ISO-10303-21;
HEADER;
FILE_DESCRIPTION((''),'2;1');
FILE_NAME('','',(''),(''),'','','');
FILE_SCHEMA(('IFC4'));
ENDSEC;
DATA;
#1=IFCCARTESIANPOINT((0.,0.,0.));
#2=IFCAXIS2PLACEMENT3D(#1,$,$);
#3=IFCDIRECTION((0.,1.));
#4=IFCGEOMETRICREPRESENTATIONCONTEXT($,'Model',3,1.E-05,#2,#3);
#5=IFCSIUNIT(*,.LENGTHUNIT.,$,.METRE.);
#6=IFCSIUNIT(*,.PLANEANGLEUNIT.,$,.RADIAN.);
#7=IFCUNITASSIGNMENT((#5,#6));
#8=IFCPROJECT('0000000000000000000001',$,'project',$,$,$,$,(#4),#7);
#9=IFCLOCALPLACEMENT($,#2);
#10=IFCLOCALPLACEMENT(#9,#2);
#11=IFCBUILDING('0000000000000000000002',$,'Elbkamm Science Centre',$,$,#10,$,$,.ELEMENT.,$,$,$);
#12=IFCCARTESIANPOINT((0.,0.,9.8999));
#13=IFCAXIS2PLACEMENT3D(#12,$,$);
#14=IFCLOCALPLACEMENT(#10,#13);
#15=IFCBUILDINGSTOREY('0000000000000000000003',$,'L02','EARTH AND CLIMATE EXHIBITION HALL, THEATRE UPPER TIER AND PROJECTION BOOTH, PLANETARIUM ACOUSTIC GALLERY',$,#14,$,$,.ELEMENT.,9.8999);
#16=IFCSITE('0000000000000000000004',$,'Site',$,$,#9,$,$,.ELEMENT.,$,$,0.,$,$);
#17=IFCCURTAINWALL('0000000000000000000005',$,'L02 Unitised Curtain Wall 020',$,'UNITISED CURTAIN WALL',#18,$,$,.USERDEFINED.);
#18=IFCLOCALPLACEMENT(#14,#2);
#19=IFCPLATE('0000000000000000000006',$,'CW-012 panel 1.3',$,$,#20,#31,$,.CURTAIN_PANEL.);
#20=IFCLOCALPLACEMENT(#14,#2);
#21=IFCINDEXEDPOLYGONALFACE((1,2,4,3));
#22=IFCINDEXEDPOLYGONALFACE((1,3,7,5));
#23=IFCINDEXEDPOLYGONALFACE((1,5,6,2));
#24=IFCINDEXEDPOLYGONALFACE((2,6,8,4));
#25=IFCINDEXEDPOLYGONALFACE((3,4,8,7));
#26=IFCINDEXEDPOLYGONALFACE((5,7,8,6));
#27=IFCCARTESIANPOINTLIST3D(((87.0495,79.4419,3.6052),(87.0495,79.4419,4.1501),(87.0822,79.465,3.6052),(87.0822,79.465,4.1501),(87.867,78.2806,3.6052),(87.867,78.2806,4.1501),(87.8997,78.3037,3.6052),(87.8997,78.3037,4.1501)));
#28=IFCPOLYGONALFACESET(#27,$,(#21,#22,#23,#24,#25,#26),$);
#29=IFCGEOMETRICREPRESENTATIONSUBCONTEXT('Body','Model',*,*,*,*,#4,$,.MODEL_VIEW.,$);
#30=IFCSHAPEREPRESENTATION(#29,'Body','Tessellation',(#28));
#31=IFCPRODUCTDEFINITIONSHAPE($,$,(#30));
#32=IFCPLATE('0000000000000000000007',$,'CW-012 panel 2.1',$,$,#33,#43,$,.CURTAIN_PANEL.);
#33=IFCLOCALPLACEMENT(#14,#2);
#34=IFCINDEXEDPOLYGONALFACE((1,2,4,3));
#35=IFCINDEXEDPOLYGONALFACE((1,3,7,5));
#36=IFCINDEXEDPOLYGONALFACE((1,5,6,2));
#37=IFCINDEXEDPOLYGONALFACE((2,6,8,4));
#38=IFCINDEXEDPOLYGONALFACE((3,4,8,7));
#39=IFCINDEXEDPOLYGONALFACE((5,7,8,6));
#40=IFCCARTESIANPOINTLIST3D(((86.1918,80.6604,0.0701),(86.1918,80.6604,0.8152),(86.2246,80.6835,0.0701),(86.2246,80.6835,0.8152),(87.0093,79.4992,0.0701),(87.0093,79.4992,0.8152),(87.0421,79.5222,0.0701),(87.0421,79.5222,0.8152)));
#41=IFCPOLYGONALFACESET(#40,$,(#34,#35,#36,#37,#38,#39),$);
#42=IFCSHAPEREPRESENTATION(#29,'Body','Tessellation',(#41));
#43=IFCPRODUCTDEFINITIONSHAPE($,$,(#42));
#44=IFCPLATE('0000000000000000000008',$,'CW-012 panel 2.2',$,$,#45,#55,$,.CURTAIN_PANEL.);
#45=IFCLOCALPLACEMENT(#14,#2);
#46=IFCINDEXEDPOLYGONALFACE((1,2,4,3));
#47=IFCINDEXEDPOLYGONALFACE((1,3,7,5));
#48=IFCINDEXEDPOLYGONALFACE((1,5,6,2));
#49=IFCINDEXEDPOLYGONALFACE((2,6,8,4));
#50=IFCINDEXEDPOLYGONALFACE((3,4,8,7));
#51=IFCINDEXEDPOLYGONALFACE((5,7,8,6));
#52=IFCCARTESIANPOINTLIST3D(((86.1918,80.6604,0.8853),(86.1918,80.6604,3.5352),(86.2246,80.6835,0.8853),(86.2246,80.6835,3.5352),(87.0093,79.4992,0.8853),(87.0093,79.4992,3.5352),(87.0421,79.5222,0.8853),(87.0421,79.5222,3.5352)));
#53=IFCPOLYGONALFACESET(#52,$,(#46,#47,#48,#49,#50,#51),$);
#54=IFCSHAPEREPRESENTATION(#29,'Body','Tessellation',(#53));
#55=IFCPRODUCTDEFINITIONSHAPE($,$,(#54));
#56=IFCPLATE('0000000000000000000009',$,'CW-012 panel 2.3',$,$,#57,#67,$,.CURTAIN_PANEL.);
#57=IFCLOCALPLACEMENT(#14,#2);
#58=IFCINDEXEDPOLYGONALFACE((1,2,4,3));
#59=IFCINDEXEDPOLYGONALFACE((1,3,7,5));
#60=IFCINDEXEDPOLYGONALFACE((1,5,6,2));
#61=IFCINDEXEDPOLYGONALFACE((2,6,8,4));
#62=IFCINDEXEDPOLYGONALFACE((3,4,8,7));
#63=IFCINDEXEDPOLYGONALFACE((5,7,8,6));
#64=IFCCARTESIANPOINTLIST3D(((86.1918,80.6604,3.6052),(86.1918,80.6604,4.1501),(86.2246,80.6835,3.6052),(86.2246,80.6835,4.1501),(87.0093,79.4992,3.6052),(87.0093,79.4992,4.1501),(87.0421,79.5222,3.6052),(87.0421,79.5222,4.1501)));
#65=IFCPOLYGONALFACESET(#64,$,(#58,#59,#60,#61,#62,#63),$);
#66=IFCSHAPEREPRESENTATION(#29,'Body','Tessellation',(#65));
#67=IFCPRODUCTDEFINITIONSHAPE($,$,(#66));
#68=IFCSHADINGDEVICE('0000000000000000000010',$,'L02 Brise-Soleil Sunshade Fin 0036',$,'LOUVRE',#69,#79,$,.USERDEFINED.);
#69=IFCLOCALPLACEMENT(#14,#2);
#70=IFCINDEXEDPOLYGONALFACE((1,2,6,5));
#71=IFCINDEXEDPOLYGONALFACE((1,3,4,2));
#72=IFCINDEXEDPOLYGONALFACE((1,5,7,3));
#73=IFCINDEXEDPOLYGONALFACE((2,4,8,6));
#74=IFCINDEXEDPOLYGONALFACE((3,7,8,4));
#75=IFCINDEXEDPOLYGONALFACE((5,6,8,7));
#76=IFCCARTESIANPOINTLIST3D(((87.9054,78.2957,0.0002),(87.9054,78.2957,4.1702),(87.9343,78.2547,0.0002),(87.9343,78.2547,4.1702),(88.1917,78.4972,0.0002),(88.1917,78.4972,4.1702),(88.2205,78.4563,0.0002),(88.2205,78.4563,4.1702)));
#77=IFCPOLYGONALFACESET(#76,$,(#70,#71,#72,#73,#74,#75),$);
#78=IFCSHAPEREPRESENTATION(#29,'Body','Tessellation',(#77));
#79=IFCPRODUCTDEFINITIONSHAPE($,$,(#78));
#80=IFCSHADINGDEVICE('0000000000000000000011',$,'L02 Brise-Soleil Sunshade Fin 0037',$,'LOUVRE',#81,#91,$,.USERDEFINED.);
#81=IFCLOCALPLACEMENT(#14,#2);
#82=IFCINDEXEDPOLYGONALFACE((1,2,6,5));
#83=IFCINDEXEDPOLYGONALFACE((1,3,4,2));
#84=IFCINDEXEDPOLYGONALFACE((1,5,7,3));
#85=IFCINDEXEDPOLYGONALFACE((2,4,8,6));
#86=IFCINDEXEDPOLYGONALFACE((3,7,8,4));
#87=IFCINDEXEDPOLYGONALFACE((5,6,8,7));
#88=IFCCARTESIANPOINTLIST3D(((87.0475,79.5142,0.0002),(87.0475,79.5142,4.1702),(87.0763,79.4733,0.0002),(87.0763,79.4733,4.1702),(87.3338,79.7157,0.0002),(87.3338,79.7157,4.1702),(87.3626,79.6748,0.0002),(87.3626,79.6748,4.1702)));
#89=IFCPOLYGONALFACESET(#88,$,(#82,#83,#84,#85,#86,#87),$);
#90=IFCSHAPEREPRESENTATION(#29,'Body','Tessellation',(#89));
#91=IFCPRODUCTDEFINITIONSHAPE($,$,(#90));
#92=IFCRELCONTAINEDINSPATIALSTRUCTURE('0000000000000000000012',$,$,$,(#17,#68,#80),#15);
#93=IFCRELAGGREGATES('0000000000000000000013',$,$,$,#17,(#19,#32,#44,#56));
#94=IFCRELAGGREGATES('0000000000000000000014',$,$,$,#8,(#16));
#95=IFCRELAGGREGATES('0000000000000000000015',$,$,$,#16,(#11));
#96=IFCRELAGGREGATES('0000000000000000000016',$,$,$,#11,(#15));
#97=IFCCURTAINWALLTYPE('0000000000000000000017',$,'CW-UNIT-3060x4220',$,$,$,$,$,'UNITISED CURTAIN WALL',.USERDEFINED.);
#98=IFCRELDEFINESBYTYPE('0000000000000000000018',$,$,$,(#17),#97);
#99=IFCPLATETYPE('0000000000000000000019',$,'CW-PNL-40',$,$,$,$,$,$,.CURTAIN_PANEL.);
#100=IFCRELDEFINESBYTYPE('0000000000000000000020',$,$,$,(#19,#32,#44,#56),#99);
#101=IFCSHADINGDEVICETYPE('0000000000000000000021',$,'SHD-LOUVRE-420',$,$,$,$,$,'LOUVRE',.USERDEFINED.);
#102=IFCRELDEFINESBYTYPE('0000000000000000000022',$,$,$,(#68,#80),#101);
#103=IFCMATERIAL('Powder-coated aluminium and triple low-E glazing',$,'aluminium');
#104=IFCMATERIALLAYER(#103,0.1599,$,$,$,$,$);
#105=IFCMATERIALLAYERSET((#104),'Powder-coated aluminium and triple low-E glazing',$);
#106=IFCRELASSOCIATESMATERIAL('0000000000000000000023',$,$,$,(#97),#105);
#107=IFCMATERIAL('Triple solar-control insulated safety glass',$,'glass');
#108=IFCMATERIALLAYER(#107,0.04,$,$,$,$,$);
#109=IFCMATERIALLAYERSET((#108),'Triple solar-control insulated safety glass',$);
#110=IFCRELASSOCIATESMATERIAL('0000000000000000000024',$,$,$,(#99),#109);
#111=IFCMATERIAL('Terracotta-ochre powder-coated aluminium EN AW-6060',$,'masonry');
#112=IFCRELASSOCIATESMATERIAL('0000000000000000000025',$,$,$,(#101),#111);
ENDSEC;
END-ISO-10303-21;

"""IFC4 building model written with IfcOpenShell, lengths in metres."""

from ifc_helpers import new_model, si_unit, direction, frame, origin, origin_2d, place, context, subcontext, project, spatial, rectangle, extrude, material, layer, layer_set, type_object, element, aggregate, save


model = new_model("IFC4")

# Units and contexts
model_context = context("Model", 3, precision=1e-05, world=origin(), true_north=direction((0.0, 1.0)))
body_context = subcontext(model_context, "Body", "Model", "MODEL_VIEW")
ifc_project = project(units=[si_unit("LENGTHUNIT", "METRE"), si_unit("PLANEANGLEUNIT", "RADIAN")], contexts=[model_context])

# Site, building, storey
site_placement = place(None, origin())
site = spatial("IfcSite", under=ifc_project, at=site_placement, Name="Site", CompositionType="ELEMENT", RefElevation=0.0)
building_placement = place(site_placement, origin())
building = spatial("IfcBuilding", under=site, at=building_placement, Name="Elbkamm Science Centre", CompositionType="ELEMENT")
storey_placement = place(building_placement, frame((0.0, 0.0, 9.8999)))
storey = spatial("IfcBuildingStorey", under=building, at=storey_placement, Name="L02", Description="EARTH AND CLIMATE EXHIBITION HALL, THEATRE UPPER TIER AND PROJECTION BOOTH, PLANETARIUM ACOUSTIC GALLERY", CompositionType="ELEMENT", Elevation=9.8999)

# Shared definitions
ifc_material_1 = material(Name="Powder-coated aluminium and triple low-E glazing", Category="aluminium")

# Curtain wall
ifc_layer_1 = layer(ifc_material_1, 0.1599)
ifc_layer_set_1 = layer_set([ifc_layer_1], Name="Powder-coated aluminium and triple low-E glazing")
curtain_wall_type_1 = type_object("IfcCurtainWallType", Name="CW-UNIT-3060x4220", ElementType="UNITISED CURTAIN WALL", PredefinedType="USERDEFINED", material=ifc_layer_set_1)
curtain_wall_1_placement = place(storey_placement, origin())
curtain_wall_1 = element("IfcCurtainWall", 1, at=curtain_wall_1_placement, inside=storey, type_object=curtain_wall_type_1, Name="L02 Unitised Curtain Wall 020", ObjectType="UNITISED CURTAIN WALL", PredefinedType="USERDEFINED")

# Plates
ifc_material_2 = material(Name="Triple solar-control insulated safety glass", Category="glass")
ifc_layer_2 = layer(ifc_material_2, 0.04)
ifc_layer_set_2 = layer_set([ifc_layer_2], Name="Triple solar-control insulated safety glass")
plate_type = type_object("IfcPlateType", Name="CW-PNL-40", PredefinedType="CURTAIN_PANEL", material=ifc_layer_set_2)
plate_1_placement = place(storey_placement, frame((87.4746, 78.8728, 3.6052), z_axis=(0.0, 0.0, 1.0), x_axis=(-0.575652, 0.817695, 0.0)))
plate_1 = element("IfcPlate", 2, at=plate_1_placement, type_object=plate_type, Name="CW-012 panel 1.3", PredefinedType="CURTAIN_PANEL", context=body_context, shape_type="SweptSolid", body=[
    extrude(rectangle(XDim=1.4202, YDim=0.04, at=origin_2d()), origin(), (0.0, 0.0, 1.0), 0.5449),
])
plate_2_placement = place(storey_placement, frame((86.6169, 80.0913, 0.0701), z_axis=(0.0, 0.0, 1.0), x_axis=(-0.575652, 0.817695, 0.0)))
plate_2 = element("IfcPlate", 3, at=plate_2_placement, type_object=plate_type, Name="CW-012 panel 2.1", PredefinedType="CURTAIN_PANEL", context=body_context, shape_type="SweptSolid", body=[
    extrude(rectangle(XDim=1.4202, YDim=0.04, at=origin_2d()), origin(), (0.0, 0.0, 1.0), 0.7451),
])
plate_3_placement = place(storey_placement, frame((86.6169, 80.0913, 0.8853), z_axis=(0.0, 0.0, 1.0), x_axis=(-0.575652, 0.817695, 0.0)))
plate_3 = element("IfcPlate", 4, at=plate_3_placement, type_object=plate_type, Name="CW-012 panel 2.2", PredefinedType="CURTAIN_PANEL", context=body_context, shape_type="SweptSolid", body=[
    extrude(rectangle(XDim=1.4202, YDim=0.04, at=origin_2d()), origin(), (0.0, 0.0, 1.0), 2.6499),
])
plate_4_placement = place(storey_placement, frame((86.6169, 80.0913, 3.6052), z_axis=(0.0, 0.0, 1.0), x_axis=(-0.575652, 0.817695, 0.0)))
plate_4 = element("IfcPlate", 5, at=plate_4_placement, type_object=plate_type, Name="CW-012 panel 2.3", PredefinedType="CURTAIN_PANEL", context=body_context, shape_type="SweptSolid", body=[
    extrude(rectangle(XDim=1.4202, YDim=0.04, at=origin_2d()), origin(), (0.0, 0.0, 1.0), 0.5449),
])
aggregate(curtain_wall_1, [plate_1, plate_2, plate_3, plate_4])

# Shading devices
ifc_material_3 = material(Name="Terracotta-ochre powder-coated aluminium EN AW-6060", Category="masonry")
shading_device_type = type_object("IfcShadingDeviceType", Name="SHD-LOUVRE-420", ElementType="LOUVRE", PredefinedType="USERDEFINED", material=ifc_material_3)
for number, where, z_axis, x_axis, name in (
    (6, (88.063, 78.376, 0.0002), (0.0, 0.0, 1.0), (0.817695, 0.575652, 0.0), "L02 Brise-Soleil Sunshade Fin 0036"),
    (7, (87.2051, 79.5945, 0.0002), (0.0, 0.0, 1.0), (0.817695, 0.575652, 0.0), "L02 Brise-Soleil Sunshade Fin 0037"),
):
    element("IfcShadingDevice", number, at=place(storey_placement, frame(where, z_axis=z_axis, x_axis=x_axis)), inside=storey, type_object=shading_device_type, Name=name, ObjectType="LOUVRE", PredefinedType="USERDEFINED", context=body_context, shape_type="SweptSolid", body=[
        extrude(rectangle(XDim=0.3501, YDim=0.05, at=origin_2d()), origin(), (0.0, 0.0, 1.0), 4.1699),
    ])

save(model, "model.ifc")
